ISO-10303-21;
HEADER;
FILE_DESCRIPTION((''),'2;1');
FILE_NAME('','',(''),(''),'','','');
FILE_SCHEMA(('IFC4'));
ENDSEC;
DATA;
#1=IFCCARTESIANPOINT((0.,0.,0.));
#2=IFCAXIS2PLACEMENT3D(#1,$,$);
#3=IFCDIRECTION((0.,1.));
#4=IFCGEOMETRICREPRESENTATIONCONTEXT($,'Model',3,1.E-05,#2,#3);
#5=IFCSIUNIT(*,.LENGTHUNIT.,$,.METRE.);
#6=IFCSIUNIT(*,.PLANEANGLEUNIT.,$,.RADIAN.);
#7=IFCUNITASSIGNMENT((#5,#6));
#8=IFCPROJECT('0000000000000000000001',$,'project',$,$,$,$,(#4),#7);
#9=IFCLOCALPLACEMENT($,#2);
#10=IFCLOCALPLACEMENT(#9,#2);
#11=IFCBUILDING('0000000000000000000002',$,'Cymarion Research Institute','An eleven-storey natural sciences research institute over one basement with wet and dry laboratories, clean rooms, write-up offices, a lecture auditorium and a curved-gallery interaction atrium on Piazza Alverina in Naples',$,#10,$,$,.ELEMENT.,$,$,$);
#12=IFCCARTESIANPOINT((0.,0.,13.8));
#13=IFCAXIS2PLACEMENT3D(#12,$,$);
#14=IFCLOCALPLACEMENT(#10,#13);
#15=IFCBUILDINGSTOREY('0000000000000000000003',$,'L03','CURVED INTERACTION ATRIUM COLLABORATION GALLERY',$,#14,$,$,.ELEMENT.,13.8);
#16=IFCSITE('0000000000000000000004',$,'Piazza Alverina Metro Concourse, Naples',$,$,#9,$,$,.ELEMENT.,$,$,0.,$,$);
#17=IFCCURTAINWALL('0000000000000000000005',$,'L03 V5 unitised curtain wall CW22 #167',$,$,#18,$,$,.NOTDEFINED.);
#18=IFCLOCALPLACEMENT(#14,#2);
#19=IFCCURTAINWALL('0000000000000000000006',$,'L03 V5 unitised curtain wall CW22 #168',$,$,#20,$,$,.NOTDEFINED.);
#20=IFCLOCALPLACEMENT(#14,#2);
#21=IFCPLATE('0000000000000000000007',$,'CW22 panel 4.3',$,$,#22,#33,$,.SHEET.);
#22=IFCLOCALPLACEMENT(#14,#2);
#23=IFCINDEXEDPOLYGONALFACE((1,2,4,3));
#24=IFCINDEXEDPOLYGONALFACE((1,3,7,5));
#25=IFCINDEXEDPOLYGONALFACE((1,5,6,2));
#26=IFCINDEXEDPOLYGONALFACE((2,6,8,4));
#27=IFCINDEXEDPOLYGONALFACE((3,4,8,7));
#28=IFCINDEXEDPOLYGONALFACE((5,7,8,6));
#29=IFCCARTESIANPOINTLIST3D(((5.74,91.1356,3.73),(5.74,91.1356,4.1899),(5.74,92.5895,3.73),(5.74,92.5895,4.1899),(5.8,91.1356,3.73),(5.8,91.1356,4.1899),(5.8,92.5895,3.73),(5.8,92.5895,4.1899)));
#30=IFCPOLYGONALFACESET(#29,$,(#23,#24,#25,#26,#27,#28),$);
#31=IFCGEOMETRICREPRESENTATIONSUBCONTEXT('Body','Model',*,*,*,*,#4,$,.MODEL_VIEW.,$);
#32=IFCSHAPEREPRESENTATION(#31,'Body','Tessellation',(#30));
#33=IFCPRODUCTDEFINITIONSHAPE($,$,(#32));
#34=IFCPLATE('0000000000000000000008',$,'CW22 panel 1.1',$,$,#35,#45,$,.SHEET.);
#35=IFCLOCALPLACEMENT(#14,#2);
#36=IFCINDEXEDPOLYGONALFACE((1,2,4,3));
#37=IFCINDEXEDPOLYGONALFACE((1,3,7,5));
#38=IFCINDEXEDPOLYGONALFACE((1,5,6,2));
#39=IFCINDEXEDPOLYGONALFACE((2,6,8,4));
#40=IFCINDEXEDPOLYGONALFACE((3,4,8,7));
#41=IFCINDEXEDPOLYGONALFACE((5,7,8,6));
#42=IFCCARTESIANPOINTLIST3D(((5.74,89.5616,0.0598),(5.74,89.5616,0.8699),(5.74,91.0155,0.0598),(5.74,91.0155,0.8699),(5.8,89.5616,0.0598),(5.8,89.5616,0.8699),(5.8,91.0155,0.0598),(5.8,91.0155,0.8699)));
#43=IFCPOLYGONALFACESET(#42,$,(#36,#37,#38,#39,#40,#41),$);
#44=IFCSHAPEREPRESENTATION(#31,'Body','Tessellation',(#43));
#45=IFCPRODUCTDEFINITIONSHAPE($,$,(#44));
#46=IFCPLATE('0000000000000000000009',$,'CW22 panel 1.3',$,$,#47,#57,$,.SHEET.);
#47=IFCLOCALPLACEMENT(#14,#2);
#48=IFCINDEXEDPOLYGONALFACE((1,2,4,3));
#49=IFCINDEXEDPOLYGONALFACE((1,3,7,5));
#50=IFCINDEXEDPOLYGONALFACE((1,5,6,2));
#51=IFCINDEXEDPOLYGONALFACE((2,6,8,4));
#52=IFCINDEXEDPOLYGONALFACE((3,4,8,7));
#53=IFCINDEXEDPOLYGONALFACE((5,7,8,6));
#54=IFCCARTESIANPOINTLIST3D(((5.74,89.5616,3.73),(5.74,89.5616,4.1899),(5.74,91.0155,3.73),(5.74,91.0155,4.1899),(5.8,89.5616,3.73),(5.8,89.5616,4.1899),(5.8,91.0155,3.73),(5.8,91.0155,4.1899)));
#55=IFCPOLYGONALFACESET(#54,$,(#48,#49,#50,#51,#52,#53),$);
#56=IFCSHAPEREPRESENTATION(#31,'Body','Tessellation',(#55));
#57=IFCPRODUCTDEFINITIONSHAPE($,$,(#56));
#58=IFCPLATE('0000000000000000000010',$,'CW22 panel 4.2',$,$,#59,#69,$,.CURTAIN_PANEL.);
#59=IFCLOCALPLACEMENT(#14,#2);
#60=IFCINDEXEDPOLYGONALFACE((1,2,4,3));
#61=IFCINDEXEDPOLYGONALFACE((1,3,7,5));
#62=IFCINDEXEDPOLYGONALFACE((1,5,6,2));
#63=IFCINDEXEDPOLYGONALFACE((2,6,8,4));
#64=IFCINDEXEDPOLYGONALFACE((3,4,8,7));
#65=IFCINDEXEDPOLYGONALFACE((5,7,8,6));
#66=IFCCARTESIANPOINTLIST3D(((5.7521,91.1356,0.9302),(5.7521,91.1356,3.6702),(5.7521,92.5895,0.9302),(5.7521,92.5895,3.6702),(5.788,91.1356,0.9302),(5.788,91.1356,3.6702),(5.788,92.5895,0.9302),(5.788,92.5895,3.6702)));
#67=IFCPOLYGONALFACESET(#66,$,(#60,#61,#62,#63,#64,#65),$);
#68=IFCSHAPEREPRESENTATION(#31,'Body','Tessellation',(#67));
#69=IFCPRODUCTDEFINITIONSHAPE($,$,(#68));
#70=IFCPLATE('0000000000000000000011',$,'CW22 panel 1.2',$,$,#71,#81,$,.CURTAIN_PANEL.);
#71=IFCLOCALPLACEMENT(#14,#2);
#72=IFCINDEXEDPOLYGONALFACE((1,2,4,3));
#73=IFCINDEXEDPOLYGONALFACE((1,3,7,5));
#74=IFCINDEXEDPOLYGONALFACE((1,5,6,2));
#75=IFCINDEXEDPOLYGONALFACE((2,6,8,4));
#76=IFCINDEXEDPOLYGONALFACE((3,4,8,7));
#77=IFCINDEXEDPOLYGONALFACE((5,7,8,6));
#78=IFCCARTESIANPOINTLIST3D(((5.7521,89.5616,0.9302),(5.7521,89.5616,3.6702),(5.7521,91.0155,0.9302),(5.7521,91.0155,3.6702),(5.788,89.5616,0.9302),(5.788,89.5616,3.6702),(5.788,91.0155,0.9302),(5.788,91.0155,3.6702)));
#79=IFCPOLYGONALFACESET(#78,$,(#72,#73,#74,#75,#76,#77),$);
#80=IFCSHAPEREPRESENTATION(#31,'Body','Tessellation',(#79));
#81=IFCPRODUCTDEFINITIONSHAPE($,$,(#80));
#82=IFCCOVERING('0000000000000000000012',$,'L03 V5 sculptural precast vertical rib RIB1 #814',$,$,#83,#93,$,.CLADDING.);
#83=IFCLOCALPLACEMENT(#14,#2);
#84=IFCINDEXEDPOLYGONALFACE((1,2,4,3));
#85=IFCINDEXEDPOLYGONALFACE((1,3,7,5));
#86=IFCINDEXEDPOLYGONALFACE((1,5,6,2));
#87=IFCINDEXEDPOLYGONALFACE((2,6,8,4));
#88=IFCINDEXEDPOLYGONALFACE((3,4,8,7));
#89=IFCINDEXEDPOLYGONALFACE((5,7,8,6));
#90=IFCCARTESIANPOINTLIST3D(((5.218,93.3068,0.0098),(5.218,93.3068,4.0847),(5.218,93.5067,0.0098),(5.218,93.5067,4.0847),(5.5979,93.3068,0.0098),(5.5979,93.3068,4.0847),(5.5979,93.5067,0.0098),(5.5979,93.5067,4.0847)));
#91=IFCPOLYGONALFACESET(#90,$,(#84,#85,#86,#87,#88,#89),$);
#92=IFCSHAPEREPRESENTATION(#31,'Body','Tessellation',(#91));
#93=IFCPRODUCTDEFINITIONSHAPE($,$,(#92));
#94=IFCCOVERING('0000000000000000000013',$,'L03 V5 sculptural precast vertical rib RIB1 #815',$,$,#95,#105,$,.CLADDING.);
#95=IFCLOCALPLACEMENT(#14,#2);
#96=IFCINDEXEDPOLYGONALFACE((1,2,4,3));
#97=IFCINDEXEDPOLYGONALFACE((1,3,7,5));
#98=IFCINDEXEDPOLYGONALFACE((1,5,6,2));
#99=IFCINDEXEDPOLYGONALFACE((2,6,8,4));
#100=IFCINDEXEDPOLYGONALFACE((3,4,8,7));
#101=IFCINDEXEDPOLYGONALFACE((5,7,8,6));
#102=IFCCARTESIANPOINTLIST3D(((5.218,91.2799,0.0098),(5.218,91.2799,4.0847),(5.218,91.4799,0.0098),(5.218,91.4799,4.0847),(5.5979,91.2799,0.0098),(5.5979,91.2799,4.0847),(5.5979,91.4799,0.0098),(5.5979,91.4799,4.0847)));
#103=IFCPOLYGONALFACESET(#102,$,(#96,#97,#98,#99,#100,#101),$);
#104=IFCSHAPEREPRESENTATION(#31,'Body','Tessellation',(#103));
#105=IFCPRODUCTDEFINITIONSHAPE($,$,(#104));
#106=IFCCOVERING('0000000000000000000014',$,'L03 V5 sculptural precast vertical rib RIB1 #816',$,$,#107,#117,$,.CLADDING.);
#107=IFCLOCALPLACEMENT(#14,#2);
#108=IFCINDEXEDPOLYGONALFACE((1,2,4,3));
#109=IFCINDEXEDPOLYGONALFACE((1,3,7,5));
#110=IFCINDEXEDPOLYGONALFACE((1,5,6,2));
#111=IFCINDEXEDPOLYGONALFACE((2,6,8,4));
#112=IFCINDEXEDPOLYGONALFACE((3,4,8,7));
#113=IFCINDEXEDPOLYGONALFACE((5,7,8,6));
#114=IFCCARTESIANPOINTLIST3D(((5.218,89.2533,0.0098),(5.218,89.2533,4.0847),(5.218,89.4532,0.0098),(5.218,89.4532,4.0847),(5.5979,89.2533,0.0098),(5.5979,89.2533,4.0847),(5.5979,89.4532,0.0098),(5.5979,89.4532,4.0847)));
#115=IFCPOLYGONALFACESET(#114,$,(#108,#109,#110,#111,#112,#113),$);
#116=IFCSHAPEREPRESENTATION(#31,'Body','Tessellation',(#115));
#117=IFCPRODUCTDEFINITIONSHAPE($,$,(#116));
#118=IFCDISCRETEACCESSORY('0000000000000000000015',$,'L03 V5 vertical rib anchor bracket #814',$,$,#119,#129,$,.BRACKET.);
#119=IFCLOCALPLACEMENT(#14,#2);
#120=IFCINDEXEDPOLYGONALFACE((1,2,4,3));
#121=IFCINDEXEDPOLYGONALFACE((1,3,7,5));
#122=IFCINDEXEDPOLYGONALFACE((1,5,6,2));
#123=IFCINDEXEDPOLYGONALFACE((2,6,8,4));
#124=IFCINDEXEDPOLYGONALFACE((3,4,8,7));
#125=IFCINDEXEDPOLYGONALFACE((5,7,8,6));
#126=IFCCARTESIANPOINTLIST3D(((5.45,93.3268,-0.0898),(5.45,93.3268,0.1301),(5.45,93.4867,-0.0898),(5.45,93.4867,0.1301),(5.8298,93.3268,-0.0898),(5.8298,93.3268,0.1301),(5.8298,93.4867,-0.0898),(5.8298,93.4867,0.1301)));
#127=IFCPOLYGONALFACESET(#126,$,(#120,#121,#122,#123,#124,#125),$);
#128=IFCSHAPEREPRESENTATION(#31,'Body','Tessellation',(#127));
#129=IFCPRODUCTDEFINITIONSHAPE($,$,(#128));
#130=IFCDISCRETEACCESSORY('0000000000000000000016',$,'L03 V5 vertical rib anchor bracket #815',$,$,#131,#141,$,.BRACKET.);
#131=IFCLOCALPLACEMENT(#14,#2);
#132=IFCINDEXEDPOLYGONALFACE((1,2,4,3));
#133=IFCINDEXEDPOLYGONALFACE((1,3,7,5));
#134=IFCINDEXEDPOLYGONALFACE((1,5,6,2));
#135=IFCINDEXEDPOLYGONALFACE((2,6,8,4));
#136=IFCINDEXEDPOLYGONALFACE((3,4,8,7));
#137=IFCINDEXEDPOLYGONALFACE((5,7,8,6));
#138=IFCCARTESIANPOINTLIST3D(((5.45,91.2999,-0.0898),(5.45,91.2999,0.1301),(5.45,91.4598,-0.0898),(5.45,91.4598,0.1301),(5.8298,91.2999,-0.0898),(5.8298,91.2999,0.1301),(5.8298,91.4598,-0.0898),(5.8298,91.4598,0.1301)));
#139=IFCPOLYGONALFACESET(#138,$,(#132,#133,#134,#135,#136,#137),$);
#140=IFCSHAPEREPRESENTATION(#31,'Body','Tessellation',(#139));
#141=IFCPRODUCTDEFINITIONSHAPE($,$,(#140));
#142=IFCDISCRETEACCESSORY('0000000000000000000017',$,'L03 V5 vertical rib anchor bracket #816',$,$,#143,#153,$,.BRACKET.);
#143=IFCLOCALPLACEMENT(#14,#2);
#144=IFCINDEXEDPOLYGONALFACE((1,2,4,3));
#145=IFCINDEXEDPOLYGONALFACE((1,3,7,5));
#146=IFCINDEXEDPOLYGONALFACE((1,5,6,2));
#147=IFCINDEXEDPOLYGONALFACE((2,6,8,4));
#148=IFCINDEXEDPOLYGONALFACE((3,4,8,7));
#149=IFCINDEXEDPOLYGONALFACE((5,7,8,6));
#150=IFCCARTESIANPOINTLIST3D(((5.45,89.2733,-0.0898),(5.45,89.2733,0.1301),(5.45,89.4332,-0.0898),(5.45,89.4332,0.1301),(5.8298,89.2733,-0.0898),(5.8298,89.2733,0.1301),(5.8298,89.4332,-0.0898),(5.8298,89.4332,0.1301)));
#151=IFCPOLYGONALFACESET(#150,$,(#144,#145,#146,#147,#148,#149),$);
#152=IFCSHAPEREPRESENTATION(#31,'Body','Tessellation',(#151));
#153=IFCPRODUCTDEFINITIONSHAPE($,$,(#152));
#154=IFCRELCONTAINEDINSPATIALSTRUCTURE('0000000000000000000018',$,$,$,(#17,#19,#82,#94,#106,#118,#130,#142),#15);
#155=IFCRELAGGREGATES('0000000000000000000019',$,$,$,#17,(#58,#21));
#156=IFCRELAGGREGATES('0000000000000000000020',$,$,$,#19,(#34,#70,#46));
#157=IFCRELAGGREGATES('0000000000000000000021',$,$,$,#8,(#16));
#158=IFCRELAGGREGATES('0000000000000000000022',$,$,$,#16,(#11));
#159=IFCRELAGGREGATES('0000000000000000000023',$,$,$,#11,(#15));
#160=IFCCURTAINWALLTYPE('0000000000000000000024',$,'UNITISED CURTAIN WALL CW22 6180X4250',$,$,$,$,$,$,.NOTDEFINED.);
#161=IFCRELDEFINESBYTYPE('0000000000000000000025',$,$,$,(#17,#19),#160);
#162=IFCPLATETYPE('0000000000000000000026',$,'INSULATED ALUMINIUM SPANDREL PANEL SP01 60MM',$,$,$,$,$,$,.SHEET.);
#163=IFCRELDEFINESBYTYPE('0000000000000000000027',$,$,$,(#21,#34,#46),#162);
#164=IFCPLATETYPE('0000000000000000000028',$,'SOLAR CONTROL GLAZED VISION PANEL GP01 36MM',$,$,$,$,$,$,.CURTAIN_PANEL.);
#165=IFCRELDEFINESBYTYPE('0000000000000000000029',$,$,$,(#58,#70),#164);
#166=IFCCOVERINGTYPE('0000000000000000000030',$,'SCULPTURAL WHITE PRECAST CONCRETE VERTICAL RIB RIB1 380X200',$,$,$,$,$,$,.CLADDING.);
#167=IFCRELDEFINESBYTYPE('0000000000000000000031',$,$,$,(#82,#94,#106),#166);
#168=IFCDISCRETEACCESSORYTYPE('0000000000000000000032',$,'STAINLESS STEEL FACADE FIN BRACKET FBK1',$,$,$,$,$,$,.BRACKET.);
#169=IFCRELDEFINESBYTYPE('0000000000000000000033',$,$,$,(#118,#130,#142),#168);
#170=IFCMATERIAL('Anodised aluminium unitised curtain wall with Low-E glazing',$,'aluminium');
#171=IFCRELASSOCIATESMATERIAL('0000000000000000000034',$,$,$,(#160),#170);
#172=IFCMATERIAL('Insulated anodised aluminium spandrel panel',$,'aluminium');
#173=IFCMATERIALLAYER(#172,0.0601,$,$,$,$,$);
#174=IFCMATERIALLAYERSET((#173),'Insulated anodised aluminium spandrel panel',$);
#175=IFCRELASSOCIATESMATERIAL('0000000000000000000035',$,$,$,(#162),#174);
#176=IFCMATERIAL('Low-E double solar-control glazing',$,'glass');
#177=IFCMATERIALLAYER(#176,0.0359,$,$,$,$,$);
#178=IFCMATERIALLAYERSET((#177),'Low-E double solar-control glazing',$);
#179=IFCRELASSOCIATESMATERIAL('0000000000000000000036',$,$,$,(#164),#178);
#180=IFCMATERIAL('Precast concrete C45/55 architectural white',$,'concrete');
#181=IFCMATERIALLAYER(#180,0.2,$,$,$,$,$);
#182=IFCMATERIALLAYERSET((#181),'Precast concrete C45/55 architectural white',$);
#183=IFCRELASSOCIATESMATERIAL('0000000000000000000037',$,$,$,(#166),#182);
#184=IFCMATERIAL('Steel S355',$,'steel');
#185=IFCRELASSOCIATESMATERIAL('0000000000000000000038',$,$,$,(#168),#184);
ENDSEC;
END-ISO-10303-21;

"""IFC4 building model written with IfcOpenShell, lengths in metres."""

from ifc_helpers import new_model, si_unit, direction, frame, origin, origin_2d, place, context, subcontext, project, spatial, rectangle, extrude, material, layer, layer_set, type_object, element, aggregate, save


model = new_model("IFC4")

# Units and contexts
model_context = context("Model", 3, precision=1e-05, world=origin(), true_north=direction((0.0, 1.0)))
body_context = subcontext(model_context, "Body", "Model", "MODEL_VIEW")
ifc_project = project(units=[si_unit("LENGTHUNIT", "METRE"), si_unit("PLANEANGLEUNIT", "RADIAN")], contexts=[model_context])

# Site, building, storey
site_placement = place(None, origin())
site = spatial("IfcSite", under=ifc_project, at=site_placement, Name="Piazza Alverina Metro Concourse, Naples", CompositionType="ELEMENT", RefElevation=0.0)
building_placement = place(site_placement, origin())
building = spatial("IfcBuilding", under=site, at=building_placement, Name="Cymarion Research Institute", Description="An eleven-storey natural sciences research institute over one basement with wet and dry laboratories, clean rooms, write-up offices, a lecture auditorium and a curved-gallery interaction atrium on Piazza Alverina in Naples", CompositionType="ELEMENT")
storey_placement = place(building_placement, frame((0.0, 0.0, 13.8)))
storey = spatial("IfcBuildingStorey", under=building, at=storey_placement, Name="L03", Description="CURVED INTERACTION ATRIUM COLLABORATION GALLERY", CompositionType="ELEMENT", Elevation=13.8)

# Curtain wall
ifc_material_1 = material(Name="Anodised aluminium unitised curtain wall with Low-E glazing", Category="aluminium")
curtain_wall_type = type_object("IfcCurtainWallType", Name="UNITISED CURTAIN WALL CW22 6180X4250", PredefinedType="NOTDEFINED", material=ifc_material_1)
curtain_wall_1_placement = place(storey_placement, origin())
curtain_wall_1 = element("IfcCurtainWall", 1, at=curtain_wall_1_placement, inside=storey, type_object=curtain_wall_type, Name="L03 V5 unitised curtain wall CW22 #167", PredefinedType="NOTDEFINED")

# Curtain wall
curtain_wall_2_placement = place(storey_placement, origin())
curtain_wall_2 = element("IfcCurtainWall", 2, at=curtain_wall_2_placement, inside=storey, type_object=curtain_wall_type, Name="L03 V5 unitised curtain wall CW22 #168", PredefinedType="NOTDEFINED")

# Plates
ifc_material_2 = material(Name="Insulated anodised aluminium spandrel panel", Category="aluminium")
ifc_layer_1 = layer(ifc_material_2, 0.0601)
ifc_layer_set_1 = layer_set([ifc_layer_1], Name="Insulated anodised aluminium spandrel panel")
plate_type_1 = type_object("IfcPlateType", Name="INSULATED ALUMINIUM SPANDREL PANEL SP01 60MM", PredefinedType="SHEET", material=ifc_layer_set_1)
plate_1_placement = place(storey_placement, frame((5.77, 91.8625, 3.73), z_axis=(0.0, 0.0, 1.0), x_axis=(0.0, -1.0, 0.0)))
plate_1 = element("IfcPlate", 3, at=plate_1_placement, type_object=plate_type_1, Name="CW22 panel 4.3", PredefinedType="SHEET", context=body_context, shape_type="SweptSolid", body=[
    extrude(rectangle(XDim=1.4539, YDim=0.0601, at=origin_2d()), origin(), (0.0, 0.0, 1.0), 0.46),
])
plate_2_placement = place(storey_placement, frame((5.77, 90.2886, 0.0598), z_axis=(0.0, 0.0, 1.0), x_axis=(0.0, -1.0, 0.0)))
plate_2 = element("IfcPlate", 4, at=plate_2_placement, type_object=plate_type_1, Name="CW22 panel 1.1", PredefinedType="SHEET", context=body_context, shape_type="SweptSolid", body=[
    extrude(rectangle(XDim=1.4539, YDim=0.0601, at=origin_2d()), origin(), (0.0, 0.0, 1.0), 0.8101),
])
plate_3_placement = place(storey_placement, frame((5.77, 90.2886, 3.73), z_axis=(0.0, 0.0, 1.0), x_axis=(0.0, -1.0, 0.0)))
plate_3 = element("IfcPlate", 5, at=plate_3_placement, type_object=plate_type_1, Name="CW22 panel 1.3", PredefinedType="SHEET", context=body_context, shape_type="SweptSolid", body=[
    extrude(rectangle(XDim=1.4539, YDim=0.0601, at=origin_2d()), origin(), (0.0, 0.0, 1.0), 0.46),
])
ifc_material_3 = material(Name="Low-E double solar-control glazing", Category="glass")
ifc_layer_2 = layer(ifc_material_3, 0.0359)
ifc_layer_set_2 = layer_set([ifc_layer_2], Name="Low-E double solar-control glazing")
plate_type_2 = type_object("IfcPlateType", Name="SOLAR CONTROL GLAZED VISION PANEL GP01 36MM", PredefinedType="CURTAIN_PANEL", material=ifc_layer_set_2)
plate_4_placement = place(storey_placement, frame((5.77, 91.8625, 0.9302), z_axis=(0.0, 0.0, 1.0), x_axis=(0.0, -1.0, 0.0)))
plate_4 = element("IfcPlate", 6, at=plate_4_placement, type_object=plate_type_2, Name="CW22 panel 4.2", PredefinedType="CURTAIN_PANEL", context=body_context, shape_type="SweptSolid", body=[
    extrude(rectangle(XDim=1.4539, YDim=0.0359, at=origin_2d()), origin(), (0.0, 0.0, 1.0), 2.74),
])
aggregate(curtain_wall_1, [plate_4, plate_1])
plate_5_placement = place(storey_placement, frame((5.77, 90.2886, 0.9302), z_axis=(0.0, 0.0, 1.0), x_axis=(0.0, -1.0, 0.0)))
plate_5 = element("IfcPlate", 7, at=plate_5_placement, type_object=plate_type_2, Name="CW22 panel 1.2", PredefinedType="CURTAIN_PANEL", context=body_context, shape_type="SweptSolid", body=[
    extrude(rectangle(XDim=1.4539, YDim=0.0359, at=origin_2d()), origin(), (0.0, 0.0, 1.0), 2.74),
])
aggregate(curtain_wall_2, [plate_2, plate_5, plate_3])

# Coverings
ifc_material_4 = material(Name="Precast concrete C45/55 architectural white", Category="concrete")
ifc_layer_3 = layer(ifc_material_4, 0.2)
ifc_layer_set_3 = layer_set([ifc_layer_3], Name="Precast concrete C45/55 architectural white")
covering_type = type_object("IfcCoveringType", Name="SCULPTURAL WHITE PRECAST CONCRETE VERTICAL RIB RIB1 380X200", PredefinedType="CLADDING", material=ifc_layer_set_3)
for number, where, z_axis, x_axis, name in (
    (8, (5.408, 93.4067, 0.0098), (0.0, 0.0, 1.0), (-1.0, 0.0, 0.0), "L03 V5 sculptural precast vertical rib RIB1 #814"),
    (9, (5.408, 91.3799, 0.0098), (0.0, 0.0, 1.0), (-1.0, 0.0, 0.0), "L03 V5 sculptural precast vertical rib RIB1 #815"),
    (10, (5.408, 89.3533, 0.0098), (0.0, 0.0, 1.0), (-1.0, 0.0, 0.0), "L03 V5 sculptural precast vertical rib RIB1 #816"),
):
    element("IfcCovering", number, at=place(storey_placement, frame(where, z_axis=z_axis, x_axis=x_axis)), inside=storey, type_object=covering_type, Name=name, PredefinedType="CLADDING", context=body_context, shape_type="SweptSolid", body=[
        extrude(rectangle(XDim=0.3799, YDim=0.2, at=origin_2d()), origin(), (0.0, 0.0, 1.0), 4.075),
    ])

# Discrete accessories
ifc_material_5 = material(Name="Steel S355", Category="steel")
discrete_accessory_type = type_object("IfcDiscreteAccessoryType", Name="STAINLESS STEEL FACADE FIN BRACKET FBK1", PredefinedType="BRACKET", material=ifc_material_5)
for number, where, z_axis, x_axis, name in (
    (11, (5.6399, 93.4067, -0.0898), (0.0, 0.0, 1.0), (-1.0, 0.0, 0.0), "L03 V5 vertical rib anchor bracket #814"),
    (12, (5.6399, 91.3799, -0.0898), (0.0, 0.0, 1.0), (-1.0, 0.0, 0.0), "L03 V5 vertical rib anchor bracket #815"),
    (13, (5.6399, 89.3533, -0.0898), (0.0, 0.0, 1.0), (-1.0, 0.0, 0.0), "L03 V5 vertical rib anchor bracket #816"),
):
    element("IfcDiscreteAccessory", number, at=place(storey_placement, frame(where, z_axis=z_axis, x_axis=x_axis)), inside=storey, type_object=discrete_accessory_type, Name=name, PredefinedType="BRACKET", context=body_context, shape_type="SweptSolid", body=[
        extrude(rectangle(XDim=0.3799, YDim=0.1599, at=origin_2d()), origin(), (0.0, 0.0, 1.0), 0.22),
    ])

save(model, "model.ifc")
